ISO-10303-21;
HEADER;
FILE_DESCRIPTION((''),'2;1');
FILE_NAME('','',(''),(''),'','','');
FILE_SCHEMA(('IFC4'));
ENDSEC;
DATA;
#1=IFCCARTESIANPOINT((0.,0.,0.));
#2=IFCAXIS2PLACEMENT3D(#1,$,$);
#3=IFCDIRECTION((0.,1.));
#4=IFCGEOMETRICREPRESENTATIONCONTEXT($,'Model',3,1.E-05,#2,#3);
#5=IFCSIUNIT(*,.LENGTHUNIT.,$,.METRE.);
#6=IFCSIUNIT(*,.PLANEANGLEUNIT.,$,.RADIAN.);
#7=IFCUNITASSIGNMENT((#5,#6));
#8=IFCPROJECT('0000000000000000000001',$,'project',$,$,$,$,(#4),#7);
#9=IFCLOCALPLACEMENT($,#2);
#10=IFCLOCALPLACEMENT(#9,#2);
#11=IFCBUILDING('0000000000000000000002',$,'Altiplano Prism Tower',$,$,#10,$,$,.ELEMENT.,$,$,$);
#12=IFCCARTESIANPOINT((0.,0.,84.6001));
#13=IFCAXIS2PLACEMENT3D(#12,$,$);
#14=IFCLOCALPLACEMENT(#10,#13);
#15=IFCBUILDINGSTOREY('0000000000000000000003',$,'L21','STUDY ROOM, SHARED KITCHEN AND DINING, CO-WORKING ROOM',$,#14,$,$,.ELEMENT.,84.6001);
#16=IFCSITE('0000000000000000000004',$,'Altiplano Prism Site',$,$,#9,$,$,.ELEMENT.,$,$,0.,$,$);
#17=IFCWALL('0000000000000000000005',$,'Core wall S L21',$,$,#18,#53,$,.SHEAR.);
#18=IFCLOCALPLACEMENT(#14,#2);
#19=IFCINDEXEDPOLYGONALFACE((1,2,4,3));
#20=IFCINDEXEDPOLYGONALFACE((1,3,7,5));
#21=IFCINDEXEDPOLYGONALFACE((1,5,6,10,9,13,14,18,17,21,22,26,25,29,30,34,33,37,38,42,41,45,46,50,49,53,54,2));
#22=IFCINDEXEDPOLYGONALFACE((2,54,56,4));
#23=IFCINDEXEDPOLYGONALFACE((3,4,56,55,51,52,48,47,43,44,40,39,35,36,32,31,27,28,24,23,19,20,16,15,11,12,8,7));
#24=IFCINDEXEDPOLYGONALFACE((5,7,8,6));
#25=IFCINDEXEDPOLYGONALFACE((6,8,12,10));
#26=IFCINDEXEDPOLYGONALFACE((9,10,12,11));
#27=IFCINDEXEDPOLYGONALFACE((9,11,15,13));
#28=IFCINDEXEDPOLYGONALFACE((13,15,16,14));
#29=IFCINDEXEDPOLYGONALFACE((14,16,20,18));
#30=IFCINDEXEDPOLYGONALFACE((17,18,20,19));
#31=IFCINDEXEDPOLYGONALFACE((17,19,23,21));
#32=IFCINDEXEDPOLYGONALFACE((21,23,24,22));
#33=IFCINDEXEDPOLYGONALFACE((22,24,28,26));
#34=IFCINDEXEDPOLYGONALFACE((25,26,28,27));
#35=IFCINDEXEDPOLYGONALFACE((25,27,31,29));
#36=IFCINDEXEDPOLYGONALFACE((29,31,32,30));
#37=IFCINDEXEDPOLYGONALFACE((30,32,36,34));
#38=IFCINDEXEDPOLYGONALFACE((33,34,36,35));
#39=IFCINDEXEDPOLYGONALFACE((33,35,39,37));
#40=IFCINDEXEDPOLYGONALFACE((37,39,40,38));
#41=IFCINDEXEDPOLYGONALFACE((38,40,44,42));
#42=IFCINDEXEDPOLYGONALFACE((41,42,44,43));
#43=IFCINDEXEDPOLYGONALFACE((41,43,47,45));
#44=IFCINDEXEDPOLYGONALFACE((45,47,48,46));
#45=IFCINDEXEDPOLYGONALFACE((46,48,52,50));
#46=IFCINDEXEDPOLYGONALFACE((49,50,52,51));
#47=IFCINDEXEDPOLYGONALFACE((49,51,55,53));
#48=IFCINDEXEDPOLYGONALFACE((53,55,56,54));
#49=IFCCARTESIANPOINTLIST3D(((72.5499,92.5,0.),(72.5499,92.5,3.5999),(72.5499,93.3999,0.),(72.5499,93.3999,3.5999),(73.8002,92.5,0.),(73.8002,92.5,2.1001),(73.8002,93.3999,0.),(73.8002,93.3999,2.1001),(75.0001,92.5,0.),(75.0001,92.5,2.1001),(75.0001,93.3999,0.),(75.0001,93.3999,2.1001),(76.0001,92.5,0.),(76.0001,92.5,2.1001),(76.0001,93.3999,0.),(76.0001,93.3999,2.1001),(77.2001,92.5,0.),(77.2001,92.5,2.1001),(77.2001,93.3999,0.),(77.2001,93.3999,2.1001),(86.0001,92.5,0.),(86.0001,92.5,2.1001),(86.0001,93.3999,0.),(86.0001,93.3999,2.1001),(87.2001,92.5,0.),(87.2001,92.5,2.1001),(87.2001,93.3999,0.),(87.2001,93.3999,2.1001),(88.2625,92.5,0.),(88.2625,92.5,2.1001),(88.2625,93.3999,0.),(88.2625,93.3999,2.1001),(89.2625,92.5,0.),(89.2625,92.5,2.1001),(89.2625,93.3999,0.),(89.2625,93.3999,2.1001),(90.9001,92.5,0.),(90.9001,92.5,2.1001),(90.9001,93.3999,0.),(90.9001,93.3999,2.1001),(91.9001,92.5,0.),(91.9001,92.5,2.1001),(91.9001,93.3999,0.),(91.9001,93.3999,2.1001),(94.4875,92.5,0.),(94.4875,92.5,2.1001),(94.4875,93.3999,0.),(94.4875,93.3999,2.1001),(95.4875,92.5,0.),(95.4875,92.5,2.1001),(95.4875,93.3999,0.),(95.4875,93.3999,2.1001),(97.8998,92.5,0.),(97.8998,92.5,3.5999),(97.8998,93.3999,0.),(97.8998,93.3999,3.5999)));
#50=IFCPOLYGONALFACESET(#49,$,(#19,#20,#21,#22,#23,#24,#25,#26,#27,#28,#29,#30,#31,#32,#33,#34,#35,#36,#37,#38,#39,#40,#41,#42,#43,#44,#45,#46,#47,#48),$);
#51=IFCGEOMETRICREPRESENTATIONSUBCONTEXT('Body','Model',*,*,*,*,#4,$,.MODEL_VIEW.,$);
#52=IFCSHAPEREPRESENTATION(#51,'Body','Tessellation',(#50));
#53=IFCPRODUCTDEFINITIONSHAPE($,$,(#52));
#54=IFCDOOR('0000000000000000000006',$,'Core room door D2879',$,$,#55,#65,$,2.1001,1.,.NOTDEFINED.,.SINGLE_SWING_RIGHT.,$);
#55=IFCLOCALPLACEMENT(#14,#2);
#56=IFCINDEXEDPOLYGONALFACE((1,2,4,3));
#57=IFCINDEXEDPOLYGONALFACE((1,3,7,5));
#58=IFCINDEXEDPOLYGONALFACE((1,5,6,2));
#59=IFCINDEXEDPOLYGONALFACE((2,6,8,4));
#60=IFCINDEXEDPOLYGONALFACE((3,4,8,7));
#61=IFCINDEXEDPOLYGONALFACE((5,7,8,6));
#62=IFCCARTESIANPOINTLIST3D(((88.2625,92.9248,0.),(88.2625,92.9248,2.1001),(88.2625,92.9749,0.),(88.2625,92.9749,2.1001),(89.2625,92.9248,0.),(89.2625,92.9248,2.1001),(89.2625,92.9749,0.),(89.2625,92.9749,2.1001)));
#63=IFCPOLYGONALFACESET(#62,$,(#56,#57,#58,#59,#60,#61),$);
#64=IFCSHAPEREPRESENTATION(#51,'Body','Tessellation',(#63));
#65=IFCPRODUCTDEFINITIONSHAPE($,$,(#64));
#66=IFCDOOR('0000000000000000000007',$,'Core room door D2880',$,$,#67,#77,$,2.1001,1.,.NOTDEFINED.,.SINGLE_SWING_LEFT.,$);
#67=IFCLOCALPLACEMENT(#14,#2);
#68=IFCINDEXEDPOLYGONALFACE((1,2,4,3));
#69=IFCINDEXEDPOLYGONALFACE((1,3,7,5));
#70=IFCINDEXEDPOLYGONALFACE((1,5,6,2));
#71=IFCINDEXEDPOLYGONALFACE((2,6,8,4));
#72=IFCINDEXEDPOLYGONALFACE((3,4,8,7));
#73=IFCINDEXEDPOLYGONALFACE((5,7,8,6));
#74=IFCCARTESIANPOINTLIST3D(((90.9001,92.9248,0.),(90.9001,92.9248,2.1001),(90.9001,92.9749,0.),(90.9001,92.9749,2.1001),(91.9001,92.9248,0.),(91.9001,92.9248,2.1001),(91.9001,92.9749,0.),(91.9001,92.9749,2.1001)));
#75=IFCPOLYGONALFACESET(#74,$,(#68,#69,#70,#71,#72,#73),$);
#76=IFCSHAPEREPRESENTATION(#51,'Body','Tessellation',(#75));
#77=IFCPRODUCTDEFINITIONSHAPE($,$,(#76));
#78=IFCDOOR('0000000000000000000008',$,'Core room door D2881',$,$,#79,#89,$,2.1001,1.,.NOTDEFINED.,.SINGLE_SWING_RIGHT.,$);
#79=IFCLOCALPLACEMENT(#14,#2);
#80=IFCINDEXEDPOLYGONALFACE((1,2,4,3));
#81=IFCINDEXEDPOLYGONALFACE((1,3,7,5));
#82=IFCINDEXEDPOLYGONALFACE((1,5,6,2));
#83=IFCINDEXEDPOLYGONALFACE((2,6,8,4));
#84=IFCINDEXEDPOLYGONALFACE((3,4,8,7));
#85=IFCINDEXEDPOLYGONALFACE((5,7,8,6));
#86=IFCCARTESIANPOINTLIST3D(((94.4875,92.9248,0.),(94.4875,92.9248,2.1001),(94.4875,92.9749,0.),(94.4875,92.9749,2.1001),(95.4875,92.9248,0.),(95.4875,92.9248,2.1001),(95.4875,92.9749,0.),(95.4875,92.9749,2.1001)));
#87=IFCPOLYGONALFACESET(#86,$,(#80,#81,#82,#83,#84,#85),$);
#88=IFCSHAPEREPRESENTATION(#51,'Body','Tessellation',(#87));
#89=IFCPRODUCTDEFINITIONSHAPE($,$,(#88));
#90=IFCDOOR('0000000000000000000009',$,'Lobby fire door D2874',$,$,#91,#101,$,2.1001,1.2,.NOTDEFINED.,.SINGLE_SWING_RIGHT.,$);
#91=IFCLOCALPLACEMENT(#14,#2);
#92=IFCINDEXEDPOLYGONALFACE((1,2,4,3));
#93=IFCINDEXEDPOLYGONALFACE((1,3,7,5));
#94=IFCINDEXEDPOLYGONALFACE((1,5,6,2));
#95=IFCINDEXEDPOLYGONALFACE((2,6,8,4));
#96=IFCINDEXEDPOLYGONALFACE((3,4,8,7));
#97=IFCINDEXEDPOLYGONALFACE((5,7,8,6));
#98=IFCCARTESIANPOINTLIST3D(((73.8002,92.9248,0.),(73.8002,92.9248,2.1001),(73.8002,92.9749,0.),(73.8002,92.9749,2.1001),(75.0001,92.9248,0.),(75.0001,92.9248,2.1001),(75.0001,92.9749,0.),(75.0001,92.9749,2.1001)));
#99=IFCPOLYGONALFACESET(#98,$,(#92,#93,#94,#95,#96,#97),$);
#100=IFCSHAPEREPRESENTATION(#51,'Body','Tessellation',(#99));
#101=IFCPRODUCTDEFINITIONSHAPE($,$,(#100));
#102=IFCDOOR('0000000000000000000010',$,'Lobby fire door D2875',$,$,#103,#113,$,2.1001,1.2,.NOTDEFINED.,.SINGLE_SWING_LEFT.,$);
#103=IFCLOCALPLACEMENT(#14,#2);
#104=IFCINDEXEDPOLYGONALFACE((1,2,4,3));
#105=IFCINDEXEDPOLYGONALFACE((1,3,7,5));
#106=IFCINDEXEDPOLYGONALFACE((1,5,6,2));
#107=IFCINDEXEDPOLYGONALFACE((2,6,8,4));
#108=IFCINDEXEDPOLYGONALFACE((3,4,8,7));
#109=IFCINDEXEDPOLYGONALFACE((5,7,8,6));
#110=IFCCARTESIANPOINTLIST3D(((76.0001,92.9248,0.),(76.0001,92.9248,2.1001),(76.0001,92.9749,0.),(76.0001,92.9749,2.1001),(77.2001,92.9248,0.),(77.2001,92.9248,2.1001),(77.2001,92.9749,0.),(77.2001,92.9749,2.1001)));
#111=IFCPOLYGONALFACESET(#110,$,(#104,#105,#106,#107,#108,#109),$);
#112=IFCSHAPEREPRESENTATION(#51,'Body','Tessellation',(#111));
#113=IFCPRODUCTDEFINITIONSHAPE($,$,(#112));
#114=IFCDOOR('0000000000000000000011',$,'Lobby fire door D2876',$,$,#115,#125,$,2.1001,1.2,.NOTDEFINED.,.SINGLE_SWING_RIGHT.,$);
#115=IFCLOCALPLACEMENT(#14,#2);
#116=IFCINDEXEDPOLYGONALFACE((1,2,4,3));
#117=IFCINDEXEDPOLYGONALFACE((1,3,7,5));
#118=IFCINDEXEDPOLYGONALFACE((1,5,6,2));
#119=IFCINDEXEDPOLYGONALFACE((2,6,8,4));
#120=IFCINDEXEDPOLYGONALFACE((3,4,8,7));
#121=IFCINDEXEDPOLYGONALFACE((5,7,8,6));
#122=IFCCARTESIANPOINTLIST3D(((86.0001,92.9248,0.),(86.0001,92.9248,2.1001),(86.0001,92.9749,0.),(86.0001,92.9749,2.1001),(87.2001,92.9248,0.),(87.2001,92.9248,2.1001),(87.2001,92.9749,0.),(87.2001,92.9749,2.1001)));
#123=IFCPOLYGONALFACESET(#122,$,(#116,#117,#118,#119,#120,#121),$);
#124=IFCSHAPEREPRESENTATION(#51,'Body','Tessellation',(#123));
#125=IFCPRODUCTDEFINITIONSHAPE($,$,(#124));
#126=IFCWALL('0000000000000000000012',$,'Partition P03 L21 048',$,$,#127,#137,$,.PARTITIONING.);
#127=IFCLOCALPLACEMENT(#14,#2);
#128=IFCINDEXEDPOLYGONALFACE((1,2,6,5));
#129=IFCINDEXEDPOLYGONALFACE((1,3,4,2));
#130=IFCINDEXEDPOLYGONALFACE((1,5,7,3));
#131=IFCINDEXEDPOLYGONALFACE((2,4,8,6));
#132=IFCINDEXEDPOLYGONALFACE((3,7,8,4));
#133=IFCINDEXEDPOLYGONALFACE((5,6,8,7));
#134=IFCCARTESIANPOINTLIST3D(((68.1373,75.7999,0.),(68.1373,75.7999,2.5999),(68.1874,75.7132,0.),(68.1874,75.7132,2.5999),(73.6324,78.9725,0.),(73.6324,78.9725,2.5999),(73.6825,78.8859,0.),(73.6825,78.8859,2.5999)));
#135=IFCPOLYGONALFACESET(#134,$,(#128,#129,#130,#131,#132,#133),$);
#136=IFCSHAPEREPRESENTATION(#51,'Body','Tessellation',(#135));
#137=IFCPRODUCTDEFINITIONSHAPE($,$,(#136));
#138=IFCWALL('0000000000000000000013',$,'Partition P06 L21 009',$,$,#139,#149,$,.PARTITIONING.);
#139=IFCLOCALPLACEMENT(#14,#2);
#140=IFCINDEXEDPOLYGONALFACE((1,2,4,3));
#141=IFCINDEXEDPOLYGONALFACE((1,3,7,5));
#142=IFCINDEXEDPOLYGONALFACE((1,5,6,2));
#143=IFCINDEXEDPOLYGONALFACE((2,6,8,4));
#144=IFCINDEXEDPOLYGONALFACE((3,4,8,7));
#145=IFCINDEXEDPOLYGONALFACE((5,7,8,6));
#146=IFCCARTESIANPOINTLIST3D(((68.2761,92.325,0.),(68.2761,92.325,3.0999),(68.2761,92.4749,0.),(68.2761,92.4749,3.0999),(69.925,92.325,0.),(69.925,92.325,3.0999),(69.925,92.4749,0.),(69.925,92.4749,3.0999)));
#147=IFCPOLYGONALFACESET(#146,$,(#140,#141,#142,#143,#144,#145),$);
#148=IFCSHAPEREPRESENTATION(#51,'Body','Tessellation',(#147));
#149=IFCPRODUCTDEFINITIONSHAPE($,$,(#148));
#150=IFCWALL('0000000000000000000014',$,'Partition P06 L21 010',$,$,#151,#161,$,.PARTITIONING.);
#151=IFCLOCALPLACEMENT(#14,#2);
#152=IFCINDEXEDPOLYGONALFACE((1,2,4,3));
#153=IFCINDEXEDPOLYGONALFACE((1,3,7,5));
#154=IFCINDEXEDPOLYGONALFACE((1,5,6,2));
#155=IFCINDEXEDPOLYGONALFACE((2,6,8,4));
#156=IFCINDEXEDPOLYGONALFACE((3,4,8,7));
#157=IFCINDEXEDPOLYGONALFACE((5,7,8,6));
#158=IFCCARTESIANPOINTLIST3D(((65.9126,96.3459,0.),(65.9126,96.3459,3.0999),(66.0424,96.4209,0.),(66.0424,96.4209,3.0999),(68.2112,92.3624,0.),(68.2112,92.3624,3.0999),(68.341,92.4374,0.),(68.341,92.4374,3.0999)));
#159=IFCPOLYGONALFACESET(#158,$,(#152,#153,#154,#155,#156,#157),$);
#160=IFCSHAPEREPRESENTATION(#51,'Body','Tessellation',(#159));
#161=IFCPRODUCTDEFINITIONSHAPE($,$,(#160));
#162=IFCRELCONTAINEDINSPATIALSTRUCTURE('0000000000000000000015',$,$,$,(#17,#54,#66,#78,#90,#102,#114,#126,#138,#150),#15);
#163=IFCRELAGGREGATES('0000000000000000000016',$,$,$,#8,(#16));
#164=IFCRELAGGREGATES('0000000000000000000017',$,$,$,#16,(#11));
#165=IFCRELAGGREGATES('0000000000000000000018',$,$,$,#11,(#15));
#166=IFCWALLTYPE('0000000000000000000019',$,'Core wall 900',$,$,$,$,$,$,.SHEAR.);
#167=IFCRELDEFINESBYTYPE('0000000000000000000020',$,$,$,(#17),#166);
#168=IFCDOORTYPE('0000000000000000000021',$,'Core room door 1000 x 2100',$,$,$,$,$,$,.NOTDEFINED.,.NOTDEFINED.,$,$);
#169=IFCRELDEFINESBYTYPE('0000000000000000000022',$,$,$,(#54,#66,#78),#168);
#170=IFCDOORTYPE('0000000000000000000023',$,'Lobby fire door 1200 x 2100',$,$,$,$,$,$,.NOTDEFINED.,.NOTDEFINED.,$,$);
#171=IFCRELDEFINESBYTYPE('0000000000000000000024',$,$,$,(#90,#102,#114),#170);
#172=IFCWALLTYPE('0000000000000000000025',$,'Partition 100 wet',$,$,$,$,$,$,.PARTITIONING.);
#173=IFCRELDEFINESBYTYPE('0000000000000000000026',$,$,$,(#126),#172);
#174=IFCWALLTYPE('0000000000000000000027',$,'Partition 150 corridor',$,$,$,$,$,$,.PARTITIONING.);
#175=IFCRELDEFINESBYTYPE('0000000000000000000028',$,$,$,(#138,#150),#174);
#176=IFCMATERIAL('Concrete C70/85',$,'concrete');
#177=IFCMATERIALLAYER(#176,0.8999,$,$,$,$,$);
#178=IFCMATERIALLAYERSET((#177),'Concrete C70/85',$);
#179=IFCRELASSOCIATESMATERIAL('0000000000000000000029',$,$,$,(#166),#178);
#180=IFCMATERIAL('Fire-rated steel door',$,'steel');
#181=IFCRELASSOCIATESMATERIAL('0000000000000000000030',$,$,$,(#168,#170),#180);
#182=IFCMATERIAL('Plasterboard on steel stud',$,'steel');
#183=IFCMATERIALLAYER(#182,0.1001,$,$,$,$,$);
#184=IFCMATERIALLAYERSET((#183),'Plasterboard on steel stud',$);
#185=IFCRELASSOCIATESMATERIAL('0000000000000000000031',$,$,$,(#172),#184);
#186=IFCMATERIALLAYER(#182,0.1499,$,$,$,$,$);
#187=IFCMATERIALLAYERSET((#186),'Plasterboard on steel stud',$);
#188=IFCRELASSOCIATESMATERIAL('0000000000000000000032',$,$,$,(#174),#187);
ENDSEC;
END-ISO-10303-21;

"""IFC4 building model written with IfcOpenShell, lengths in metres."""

from ifc_helpers import new_model, si_unit, direction, frame, frame_2d, origin, place, context, subcontext, project, spatial, rectangle, extrude, material, layer, layer_set, type_object, element, fill, save


model = new_model("IFC4")

# Units and contexts
model_context = context("Model", 3, precision=1e-05, world=origin(), true_north=direction((0.0, 1.0)))
body_context = subcontext(model_context, "Body", "Model", "MODEL_VIEW")
ifc_project = project(units=[si_unit("LENGTHUNIT", "METRE"), si_unit("PLANEANGLEUNIT", "RADIAN")], contexts=[model_context])

# Site, building, storey
site_placement = place(None, origin())
site = spatial("IfcSite", under=ifc_project, at=site_placement, Name="Altiplano Prism Site", CompositionType="ELEMENT", RefElevation=0.0)
building_placement = place(site_placement, origin())
building = spatial("IfcBuilding", under=site, at=building_placement, Name="Altiplano Prism Tower", CompositionType="ELEMENT")
storey_placement = place(building_placement, frame((0.0, 0.0, 84.6001)))
storey = spatial("IfcBuildingStorey", under=building, at=storey_placement, Name="L21", Description="STUDY ROOM, SHARED KITCHEN AND DINING, CO-WORKING ROOM", CompositionType="ELEMENT", Elevation=84.6001)

# Wall, openings, doors
ifc_material_1 = material(Name="Concrete C70/85", Category="concrete")
ifc_layer_1 = layer(ifc_material_1, 0.8999)
ifc_layer_set_1 = layer_set([ifc_layer_1], Name="Concrete C70/85")
wall_type_1 = type_object("IfcWallType", Name="Core wall 900", PredefinedType="SHEAR", material=ifc_layer_set_1)
wall_1_placement = place(storey_placement, frame((72.55, 92.95, 0.0), z_axis=(0.0, 0.0, 1.0), x_axis=(1.0, 0.0, 0.0)))
wall_1 = element("IfcWall", 1, at=wall_1_placement, inside=storey, type_object=wall_type_1, Name="Core wall S L21", PredefinedType="SHEAR", context=body_context, shape_type="SweptSolid", body=[
    extrude(rectangle(XDim=25.3499, YDim=0.8999, at=frame_2d((12.6748, 0.0))), origin(), (0.0, 0.0, 1.0), 3.5999),
])
opening_1_placement = place(wall_1_placement, frame((1.25, 0.0, 0.0)))
opening_1 = element("IfcOpeningElement", 2, at=opening_1_placement, cuts=wall_1, PredefinedType="OPENING", context=body_context, shape_type="SweptSolid", body=[
    extrude(rectangle(XDim=1.2, YDim=2.1001, at=frame_2d((0.6001, 1.05))), frame((0.0, 0.4604, 0.0), z_axis=(0.0, -1.0, 0.0), x_axis=(1.0, 0.0, 0.0)), (0.0, 0.0, 1.0), 0.9209),
])
opening_2_placement = place(wall_1_placement, frame((3.45, 0.0, 0.0)))
opening_2 = element("IfcOpeningElement", 3, at=opening_2_placement, cuts=wall_1, PredefinedType="OPENING", context=body_context, shape_type="SweptSolid", body=[
    extrude(rectangle(XDim=1.2, YDim=2.1001, at=frame_2d((0.6001, 1.05))), frame((0.0, 0.4604, 0.0), z_axis=(0.0, -1.0, 0.0), x_axis=(1.0, 0.0, 0.0)), (0.0, 0.0, 1.0), 0.9209),
])
opening_3_placement = place(wall_1_placement, frame((13.45, 0.0, 0.0)))
opening_3 = element("IfcOpeningElement", 4, at=opening_3_placement, cuts=wall_1, PredefinedType="OPENING", context=body_context, shape_type="SweptSolid", body=[
    extrude(rectangle(XDim=1.2, YDim=2.1001, at=frame_2d((0.6001, 1.05))), frame((0.0, 0.4604, 0.0), z_axis=(0.0, -1.0, 0.0), x_axis=(1.0, 0.0, 0.0)), (0.0, 0.0, 1.0), 0.9209),
])
opening_4_placement = place(wall_1_placement, frame((15.7124, 0.0, 0.0)))
opening_4 = element("IfcOpeningElement", 5, at=opening_4_placement, cuts=wall_1, PredefinedType="OPENING", context=body_context, shape_type="SweptSolid", body=[
    extrude(rectangle(XDim=1.0, YDim=2.1001, at=frame_2d((0.5, 1.05))), frame((0.0, 0.4604, 0.0), z_axis=(0.0, -1.0, 0.0), x_axis=(1.0, 0.0, 0.0)), (0.0, 0.0, 1.0), 0.9209),
])
opening_5_placement = place(wall_1_placement, frame((18.3501, 0.0, 0.0)))
opening_5 = element("IfcOpeningElement", 6, at=opening_5_placement, cuts=wall_1, PredefinedType="OPENING", context=body_context, shape_type="SweptSolid", body=[
    extrude(rectangle(XDim=1.0, YDim=2.1001, at=frame_2d((0.5, 1.05))), frame((0.0, 0.4604, 0.0), z_axis=(0.0, -1.0, 0.0), x_axis=(1.0, 0.0, 0.0)), (0.0, 0.0, 1.0), 0.9209),
])
opening_6_placement = place(wall_1_placement, frame((21.9375, 0.0, 0.0)))
opening_6 = element("IfcOpeningElement", 7, at=opening_6_placement, cuts=wall_1, PredefinedType="OPENING", context=body_context, shape_type="SweptSolid", body=[
    extrude(rectangle(XDim=1.0, YDim=2.1001, at=frame_2d((0.5, 1.05))), frame((0.0, 0.4604, 0.0), z_axis=(0.0, -1.0, 0.0), x_axis=(1.0, 0.0, 0.0)), (0.0, 0.0, 1.0), 0.9209),
])
ifc_material_2 = material(Name="Fire-rated steel door", Category="steel")
door_type_1 = type_object("IfcDoorType", Name="Core room door 1000 x 2100", OperationType="NOTDEFINED", PredefinedType="NOTDEFINED", material=ifc_material_2)
door_1_placement = place(opening_4_placement, origin())
door_1 = element("IfcDoor", 8, at=door_1_placement, inside=storey, type_object=door_type_1, Name="Core room door D2879", OperationType="SINGLE_SWING_RIGHT", OverallHeight=2.1001, OverallWidth=1.0, PredefinedType="NOTDEFINED", context=body_context, shape_type="SweptSolid", body=[
    extrude(rectangle(XDim=1.0, YDim=2.1001, at=frame_2d((0.5, 1.05))), frame((0.0, 0.0249, 0.0), z_axis=(0.0, -1.0, 0.0), x_axis=(1.0, 0.0, 0.0)), (0.0, 0.0, 1.0), 0.05),
])
fill(opening_4, door_1)
door_2_placement = place(opening_5_placement, origin())
door_2 = element("IfcDoor", 9, at=door_2_placement, inside=storey, type_object=door_type_1, Name="Core room door D2880", OperationType="SINGLE_SWING_LEFT", OverallHeight=2.1001, OverallWidth=1.0, PredefinedType="NOTDEFINED", context=body_context, shape_type="SweptSolid", body=[
    extrude(rectangle(XDim=1.0, YDim=2.1001, at=frame_2d((0.5, 1.05))), frame((0.0, 0.0249, 0.0), z_axis=(0.0, -1.0, 0.0), x_axis=(1.0, 0.0, 0.0)), (0.0, 0.0, 1.0), 0.05),
])
fill(opening_5, door_2)
door_3_placement = place(opening_6_placement, origin())
door_3 = element("IfcDoor", 10, at=door_3_placement, inside=storey, type_object=door_type_1, Name="Core room door D2881", OperationType="SINGLE_SWING_RIGHT", OverallHeight=2.1001, OverallWidth=1.0, PredefinedType="NOTDEFINED", context=body_context, shape_type="SweptSolid", body=[
    extrude(rectangle(XDim=1.0, YDim=2.1001, at=frame_2d((0.5, 1.05))), frame((0.0, 0.0249, 0.0), z_axis=(0.0, -1.0, 0.0), x_axis=(1.0, 0.0, 0.0)), (0.0, 0.0, 1.0), 0.05),
])
fill(opening_6, door_3)
door_type_2 = type_object("IfcDoorType", Name="Lobby fire door 1200 x 2100", OperationType="NOTDEFINED", PredefinedType="NOTDEFINED", material=ifc_material_2)
door_4_placement = place(opening_1_placement, origin())
door_4 = element("IfcDoor", 11, at=door_4_placement, inside=storey, type_object=door_type_2, Name="Lobby fire door D2874", OperationType="SINGLE_SWING_RIGHT", OverallHeight=2.1001, OverallWidth=1.2, PredefinedType="NOTDEFINED", context=body_context, shape_type="SweptSolid", body=[
    extrude(rectangle(XDim=1.2, YDim=2.1001, at=frame_2d((0.6001, 1.05))), frame((0.0, 0.0249, 0.0), z_axis=(0.0, -1.0, 0.0), x_axis=(1.0, 0.0, 0.0)), (0.0, 0.0, 1.0), 0.05),
])
fill(opening_1, door_4)
door_5_placement = place(opening_2_placement, origin())
door_5 = element("IfcDoor", 12, at=door_5_placement, inside=storey, type_object=door_type_2, Name="Lobby fire door D2875", OperationType="SINGLE_SWING_LEFT", OverallHeight=2.1001, OverallWidth=1.2, PredefinedType="NOTDEFINED", context=body_context, shape_type="SweptSolid", body=[
    extrude(rectangle(XDim=1.2, YDim=2.1001, at=frame_2d((0.6001, 1.05))), frame((0.0, 0.0249, 0.0), z_axis=(0.0, -1.0, 0.0), x_axis=(1.0, 0.0, 0.0)), (0.0, 0.0, 1.0), 0.05),
])
fill(opening_2, door_5)
door_6_placement = place(opening_3_placement, origin())
door_6 = element("IfcDoor", 13, at=door_6_placement, inside=storey, type_object=door_type_2, Name="Lobby fire door D2876", OperationType="SINGLE_SWING_RIGHT", OverallHeight=2.1001, OverallWidth=1.2, PredefinedType="NOTDEFINED", context=body_context, shape_type="SweptSolid", body=[
    extrude(rectangle(XDim=1.2, YDim=2.1001, at=frame_2d((0.6001, 1.05))), frame((0.0, 0.0249, 0.0), z_axis=(0.0, -1.0, 0.0), x_axis=(1.0, 0.0, 0.0)), (0.0, 0.0, 1.0), 0.05),
])
fill(opening_3, door_6)

# Walls
ifc_material_3 = material(Name="Plasterboard on steel stud", Category="steel")
ifc_layer_2 = layer(ifc_material_3, 0.1001)
ifc_layer_set_2 = layer_set([ifc_layer_2], Name="Plasterboard on steel stud")
wall_type_2 = type_object("IfcWallType", Name="Partition 100 wet", PredefinedType="PARTITIONING", material=ifc_layer_set_2)
wall_2_placement = place(storey_placement, frame((68.1624, 75.7566, 0.0), z_axis=(0.0, 0.0, 1.0), x_axis=(0.866025, 0.5, 0.0)))
element("IfcWall", 14, at=wall_2_placement, inside=storey, type_object=wall_type_2, Name="Partition P03 L21 048", PredefinedType="PARTITIONING", context=body_context, shape_type="SweptSolid", body=[
    extrude(rectangle(XDim=6.3452, YDim=0.1001, at=frame_2d((3.1726, 0.0))), origin(), (0.0, 0.0, 1.0), 2.5999),
])
ifc_layer_3 = layer(ifc_material_3, 0.1499)
ifc_layer_set_3 = layer_set([ifc_layer_3], Name="Plasterboard on steel stud")
wall_type_3 = type_object("IfcWallType", Name="Partition 150 corridor", PredefinedType="PARTITIONING", material=ifc_layer_set_3)
wall_3_placement = place(storey_placement, frame((69.925, 92.3999, 0.0), z_axis=(0.0, 0.0, 1.0), x_axis=(-1.0, 0.0, 0.0)))
element("IfcWall", 15, at=wall_3_placement, inside=storey, type_object=wall_type_3, Name="Partition P06 L21 009", PredefinedType="PARTITIONING", context=body_context, shape_type="SweptSolid", body=[
    extrude(rectangle(XDim=1.6489, YDim=0.1499, at=frame_2d((0.8245, 0.0))), origin(), (0.0, 0.0, 1.0), 3.0999),
])
wall_4_placement = place(storey_placement, frame((68.2761, 92.3999, 0.0), z_axis=(0.0, 0.0, 1.0), x_axis=(-0.499799, 0.866141, 0.0)))
element("IfcWall", 16, at=wall_4_placement, inside=storey, type_object=wall_type_3, Name="Partition P06 L21 010", PredefinedType="PARTITIONING", context=body_context, shape_type="SweptSolid", body=[
    extrude(rectangle(XDim=4.5991, YDim=0.1499, at=frame_2d((2.2996, 0.0))), origin(), (0.0, 0.0, 1.0), 3.0999),
])

save(model, "model.ifc")
